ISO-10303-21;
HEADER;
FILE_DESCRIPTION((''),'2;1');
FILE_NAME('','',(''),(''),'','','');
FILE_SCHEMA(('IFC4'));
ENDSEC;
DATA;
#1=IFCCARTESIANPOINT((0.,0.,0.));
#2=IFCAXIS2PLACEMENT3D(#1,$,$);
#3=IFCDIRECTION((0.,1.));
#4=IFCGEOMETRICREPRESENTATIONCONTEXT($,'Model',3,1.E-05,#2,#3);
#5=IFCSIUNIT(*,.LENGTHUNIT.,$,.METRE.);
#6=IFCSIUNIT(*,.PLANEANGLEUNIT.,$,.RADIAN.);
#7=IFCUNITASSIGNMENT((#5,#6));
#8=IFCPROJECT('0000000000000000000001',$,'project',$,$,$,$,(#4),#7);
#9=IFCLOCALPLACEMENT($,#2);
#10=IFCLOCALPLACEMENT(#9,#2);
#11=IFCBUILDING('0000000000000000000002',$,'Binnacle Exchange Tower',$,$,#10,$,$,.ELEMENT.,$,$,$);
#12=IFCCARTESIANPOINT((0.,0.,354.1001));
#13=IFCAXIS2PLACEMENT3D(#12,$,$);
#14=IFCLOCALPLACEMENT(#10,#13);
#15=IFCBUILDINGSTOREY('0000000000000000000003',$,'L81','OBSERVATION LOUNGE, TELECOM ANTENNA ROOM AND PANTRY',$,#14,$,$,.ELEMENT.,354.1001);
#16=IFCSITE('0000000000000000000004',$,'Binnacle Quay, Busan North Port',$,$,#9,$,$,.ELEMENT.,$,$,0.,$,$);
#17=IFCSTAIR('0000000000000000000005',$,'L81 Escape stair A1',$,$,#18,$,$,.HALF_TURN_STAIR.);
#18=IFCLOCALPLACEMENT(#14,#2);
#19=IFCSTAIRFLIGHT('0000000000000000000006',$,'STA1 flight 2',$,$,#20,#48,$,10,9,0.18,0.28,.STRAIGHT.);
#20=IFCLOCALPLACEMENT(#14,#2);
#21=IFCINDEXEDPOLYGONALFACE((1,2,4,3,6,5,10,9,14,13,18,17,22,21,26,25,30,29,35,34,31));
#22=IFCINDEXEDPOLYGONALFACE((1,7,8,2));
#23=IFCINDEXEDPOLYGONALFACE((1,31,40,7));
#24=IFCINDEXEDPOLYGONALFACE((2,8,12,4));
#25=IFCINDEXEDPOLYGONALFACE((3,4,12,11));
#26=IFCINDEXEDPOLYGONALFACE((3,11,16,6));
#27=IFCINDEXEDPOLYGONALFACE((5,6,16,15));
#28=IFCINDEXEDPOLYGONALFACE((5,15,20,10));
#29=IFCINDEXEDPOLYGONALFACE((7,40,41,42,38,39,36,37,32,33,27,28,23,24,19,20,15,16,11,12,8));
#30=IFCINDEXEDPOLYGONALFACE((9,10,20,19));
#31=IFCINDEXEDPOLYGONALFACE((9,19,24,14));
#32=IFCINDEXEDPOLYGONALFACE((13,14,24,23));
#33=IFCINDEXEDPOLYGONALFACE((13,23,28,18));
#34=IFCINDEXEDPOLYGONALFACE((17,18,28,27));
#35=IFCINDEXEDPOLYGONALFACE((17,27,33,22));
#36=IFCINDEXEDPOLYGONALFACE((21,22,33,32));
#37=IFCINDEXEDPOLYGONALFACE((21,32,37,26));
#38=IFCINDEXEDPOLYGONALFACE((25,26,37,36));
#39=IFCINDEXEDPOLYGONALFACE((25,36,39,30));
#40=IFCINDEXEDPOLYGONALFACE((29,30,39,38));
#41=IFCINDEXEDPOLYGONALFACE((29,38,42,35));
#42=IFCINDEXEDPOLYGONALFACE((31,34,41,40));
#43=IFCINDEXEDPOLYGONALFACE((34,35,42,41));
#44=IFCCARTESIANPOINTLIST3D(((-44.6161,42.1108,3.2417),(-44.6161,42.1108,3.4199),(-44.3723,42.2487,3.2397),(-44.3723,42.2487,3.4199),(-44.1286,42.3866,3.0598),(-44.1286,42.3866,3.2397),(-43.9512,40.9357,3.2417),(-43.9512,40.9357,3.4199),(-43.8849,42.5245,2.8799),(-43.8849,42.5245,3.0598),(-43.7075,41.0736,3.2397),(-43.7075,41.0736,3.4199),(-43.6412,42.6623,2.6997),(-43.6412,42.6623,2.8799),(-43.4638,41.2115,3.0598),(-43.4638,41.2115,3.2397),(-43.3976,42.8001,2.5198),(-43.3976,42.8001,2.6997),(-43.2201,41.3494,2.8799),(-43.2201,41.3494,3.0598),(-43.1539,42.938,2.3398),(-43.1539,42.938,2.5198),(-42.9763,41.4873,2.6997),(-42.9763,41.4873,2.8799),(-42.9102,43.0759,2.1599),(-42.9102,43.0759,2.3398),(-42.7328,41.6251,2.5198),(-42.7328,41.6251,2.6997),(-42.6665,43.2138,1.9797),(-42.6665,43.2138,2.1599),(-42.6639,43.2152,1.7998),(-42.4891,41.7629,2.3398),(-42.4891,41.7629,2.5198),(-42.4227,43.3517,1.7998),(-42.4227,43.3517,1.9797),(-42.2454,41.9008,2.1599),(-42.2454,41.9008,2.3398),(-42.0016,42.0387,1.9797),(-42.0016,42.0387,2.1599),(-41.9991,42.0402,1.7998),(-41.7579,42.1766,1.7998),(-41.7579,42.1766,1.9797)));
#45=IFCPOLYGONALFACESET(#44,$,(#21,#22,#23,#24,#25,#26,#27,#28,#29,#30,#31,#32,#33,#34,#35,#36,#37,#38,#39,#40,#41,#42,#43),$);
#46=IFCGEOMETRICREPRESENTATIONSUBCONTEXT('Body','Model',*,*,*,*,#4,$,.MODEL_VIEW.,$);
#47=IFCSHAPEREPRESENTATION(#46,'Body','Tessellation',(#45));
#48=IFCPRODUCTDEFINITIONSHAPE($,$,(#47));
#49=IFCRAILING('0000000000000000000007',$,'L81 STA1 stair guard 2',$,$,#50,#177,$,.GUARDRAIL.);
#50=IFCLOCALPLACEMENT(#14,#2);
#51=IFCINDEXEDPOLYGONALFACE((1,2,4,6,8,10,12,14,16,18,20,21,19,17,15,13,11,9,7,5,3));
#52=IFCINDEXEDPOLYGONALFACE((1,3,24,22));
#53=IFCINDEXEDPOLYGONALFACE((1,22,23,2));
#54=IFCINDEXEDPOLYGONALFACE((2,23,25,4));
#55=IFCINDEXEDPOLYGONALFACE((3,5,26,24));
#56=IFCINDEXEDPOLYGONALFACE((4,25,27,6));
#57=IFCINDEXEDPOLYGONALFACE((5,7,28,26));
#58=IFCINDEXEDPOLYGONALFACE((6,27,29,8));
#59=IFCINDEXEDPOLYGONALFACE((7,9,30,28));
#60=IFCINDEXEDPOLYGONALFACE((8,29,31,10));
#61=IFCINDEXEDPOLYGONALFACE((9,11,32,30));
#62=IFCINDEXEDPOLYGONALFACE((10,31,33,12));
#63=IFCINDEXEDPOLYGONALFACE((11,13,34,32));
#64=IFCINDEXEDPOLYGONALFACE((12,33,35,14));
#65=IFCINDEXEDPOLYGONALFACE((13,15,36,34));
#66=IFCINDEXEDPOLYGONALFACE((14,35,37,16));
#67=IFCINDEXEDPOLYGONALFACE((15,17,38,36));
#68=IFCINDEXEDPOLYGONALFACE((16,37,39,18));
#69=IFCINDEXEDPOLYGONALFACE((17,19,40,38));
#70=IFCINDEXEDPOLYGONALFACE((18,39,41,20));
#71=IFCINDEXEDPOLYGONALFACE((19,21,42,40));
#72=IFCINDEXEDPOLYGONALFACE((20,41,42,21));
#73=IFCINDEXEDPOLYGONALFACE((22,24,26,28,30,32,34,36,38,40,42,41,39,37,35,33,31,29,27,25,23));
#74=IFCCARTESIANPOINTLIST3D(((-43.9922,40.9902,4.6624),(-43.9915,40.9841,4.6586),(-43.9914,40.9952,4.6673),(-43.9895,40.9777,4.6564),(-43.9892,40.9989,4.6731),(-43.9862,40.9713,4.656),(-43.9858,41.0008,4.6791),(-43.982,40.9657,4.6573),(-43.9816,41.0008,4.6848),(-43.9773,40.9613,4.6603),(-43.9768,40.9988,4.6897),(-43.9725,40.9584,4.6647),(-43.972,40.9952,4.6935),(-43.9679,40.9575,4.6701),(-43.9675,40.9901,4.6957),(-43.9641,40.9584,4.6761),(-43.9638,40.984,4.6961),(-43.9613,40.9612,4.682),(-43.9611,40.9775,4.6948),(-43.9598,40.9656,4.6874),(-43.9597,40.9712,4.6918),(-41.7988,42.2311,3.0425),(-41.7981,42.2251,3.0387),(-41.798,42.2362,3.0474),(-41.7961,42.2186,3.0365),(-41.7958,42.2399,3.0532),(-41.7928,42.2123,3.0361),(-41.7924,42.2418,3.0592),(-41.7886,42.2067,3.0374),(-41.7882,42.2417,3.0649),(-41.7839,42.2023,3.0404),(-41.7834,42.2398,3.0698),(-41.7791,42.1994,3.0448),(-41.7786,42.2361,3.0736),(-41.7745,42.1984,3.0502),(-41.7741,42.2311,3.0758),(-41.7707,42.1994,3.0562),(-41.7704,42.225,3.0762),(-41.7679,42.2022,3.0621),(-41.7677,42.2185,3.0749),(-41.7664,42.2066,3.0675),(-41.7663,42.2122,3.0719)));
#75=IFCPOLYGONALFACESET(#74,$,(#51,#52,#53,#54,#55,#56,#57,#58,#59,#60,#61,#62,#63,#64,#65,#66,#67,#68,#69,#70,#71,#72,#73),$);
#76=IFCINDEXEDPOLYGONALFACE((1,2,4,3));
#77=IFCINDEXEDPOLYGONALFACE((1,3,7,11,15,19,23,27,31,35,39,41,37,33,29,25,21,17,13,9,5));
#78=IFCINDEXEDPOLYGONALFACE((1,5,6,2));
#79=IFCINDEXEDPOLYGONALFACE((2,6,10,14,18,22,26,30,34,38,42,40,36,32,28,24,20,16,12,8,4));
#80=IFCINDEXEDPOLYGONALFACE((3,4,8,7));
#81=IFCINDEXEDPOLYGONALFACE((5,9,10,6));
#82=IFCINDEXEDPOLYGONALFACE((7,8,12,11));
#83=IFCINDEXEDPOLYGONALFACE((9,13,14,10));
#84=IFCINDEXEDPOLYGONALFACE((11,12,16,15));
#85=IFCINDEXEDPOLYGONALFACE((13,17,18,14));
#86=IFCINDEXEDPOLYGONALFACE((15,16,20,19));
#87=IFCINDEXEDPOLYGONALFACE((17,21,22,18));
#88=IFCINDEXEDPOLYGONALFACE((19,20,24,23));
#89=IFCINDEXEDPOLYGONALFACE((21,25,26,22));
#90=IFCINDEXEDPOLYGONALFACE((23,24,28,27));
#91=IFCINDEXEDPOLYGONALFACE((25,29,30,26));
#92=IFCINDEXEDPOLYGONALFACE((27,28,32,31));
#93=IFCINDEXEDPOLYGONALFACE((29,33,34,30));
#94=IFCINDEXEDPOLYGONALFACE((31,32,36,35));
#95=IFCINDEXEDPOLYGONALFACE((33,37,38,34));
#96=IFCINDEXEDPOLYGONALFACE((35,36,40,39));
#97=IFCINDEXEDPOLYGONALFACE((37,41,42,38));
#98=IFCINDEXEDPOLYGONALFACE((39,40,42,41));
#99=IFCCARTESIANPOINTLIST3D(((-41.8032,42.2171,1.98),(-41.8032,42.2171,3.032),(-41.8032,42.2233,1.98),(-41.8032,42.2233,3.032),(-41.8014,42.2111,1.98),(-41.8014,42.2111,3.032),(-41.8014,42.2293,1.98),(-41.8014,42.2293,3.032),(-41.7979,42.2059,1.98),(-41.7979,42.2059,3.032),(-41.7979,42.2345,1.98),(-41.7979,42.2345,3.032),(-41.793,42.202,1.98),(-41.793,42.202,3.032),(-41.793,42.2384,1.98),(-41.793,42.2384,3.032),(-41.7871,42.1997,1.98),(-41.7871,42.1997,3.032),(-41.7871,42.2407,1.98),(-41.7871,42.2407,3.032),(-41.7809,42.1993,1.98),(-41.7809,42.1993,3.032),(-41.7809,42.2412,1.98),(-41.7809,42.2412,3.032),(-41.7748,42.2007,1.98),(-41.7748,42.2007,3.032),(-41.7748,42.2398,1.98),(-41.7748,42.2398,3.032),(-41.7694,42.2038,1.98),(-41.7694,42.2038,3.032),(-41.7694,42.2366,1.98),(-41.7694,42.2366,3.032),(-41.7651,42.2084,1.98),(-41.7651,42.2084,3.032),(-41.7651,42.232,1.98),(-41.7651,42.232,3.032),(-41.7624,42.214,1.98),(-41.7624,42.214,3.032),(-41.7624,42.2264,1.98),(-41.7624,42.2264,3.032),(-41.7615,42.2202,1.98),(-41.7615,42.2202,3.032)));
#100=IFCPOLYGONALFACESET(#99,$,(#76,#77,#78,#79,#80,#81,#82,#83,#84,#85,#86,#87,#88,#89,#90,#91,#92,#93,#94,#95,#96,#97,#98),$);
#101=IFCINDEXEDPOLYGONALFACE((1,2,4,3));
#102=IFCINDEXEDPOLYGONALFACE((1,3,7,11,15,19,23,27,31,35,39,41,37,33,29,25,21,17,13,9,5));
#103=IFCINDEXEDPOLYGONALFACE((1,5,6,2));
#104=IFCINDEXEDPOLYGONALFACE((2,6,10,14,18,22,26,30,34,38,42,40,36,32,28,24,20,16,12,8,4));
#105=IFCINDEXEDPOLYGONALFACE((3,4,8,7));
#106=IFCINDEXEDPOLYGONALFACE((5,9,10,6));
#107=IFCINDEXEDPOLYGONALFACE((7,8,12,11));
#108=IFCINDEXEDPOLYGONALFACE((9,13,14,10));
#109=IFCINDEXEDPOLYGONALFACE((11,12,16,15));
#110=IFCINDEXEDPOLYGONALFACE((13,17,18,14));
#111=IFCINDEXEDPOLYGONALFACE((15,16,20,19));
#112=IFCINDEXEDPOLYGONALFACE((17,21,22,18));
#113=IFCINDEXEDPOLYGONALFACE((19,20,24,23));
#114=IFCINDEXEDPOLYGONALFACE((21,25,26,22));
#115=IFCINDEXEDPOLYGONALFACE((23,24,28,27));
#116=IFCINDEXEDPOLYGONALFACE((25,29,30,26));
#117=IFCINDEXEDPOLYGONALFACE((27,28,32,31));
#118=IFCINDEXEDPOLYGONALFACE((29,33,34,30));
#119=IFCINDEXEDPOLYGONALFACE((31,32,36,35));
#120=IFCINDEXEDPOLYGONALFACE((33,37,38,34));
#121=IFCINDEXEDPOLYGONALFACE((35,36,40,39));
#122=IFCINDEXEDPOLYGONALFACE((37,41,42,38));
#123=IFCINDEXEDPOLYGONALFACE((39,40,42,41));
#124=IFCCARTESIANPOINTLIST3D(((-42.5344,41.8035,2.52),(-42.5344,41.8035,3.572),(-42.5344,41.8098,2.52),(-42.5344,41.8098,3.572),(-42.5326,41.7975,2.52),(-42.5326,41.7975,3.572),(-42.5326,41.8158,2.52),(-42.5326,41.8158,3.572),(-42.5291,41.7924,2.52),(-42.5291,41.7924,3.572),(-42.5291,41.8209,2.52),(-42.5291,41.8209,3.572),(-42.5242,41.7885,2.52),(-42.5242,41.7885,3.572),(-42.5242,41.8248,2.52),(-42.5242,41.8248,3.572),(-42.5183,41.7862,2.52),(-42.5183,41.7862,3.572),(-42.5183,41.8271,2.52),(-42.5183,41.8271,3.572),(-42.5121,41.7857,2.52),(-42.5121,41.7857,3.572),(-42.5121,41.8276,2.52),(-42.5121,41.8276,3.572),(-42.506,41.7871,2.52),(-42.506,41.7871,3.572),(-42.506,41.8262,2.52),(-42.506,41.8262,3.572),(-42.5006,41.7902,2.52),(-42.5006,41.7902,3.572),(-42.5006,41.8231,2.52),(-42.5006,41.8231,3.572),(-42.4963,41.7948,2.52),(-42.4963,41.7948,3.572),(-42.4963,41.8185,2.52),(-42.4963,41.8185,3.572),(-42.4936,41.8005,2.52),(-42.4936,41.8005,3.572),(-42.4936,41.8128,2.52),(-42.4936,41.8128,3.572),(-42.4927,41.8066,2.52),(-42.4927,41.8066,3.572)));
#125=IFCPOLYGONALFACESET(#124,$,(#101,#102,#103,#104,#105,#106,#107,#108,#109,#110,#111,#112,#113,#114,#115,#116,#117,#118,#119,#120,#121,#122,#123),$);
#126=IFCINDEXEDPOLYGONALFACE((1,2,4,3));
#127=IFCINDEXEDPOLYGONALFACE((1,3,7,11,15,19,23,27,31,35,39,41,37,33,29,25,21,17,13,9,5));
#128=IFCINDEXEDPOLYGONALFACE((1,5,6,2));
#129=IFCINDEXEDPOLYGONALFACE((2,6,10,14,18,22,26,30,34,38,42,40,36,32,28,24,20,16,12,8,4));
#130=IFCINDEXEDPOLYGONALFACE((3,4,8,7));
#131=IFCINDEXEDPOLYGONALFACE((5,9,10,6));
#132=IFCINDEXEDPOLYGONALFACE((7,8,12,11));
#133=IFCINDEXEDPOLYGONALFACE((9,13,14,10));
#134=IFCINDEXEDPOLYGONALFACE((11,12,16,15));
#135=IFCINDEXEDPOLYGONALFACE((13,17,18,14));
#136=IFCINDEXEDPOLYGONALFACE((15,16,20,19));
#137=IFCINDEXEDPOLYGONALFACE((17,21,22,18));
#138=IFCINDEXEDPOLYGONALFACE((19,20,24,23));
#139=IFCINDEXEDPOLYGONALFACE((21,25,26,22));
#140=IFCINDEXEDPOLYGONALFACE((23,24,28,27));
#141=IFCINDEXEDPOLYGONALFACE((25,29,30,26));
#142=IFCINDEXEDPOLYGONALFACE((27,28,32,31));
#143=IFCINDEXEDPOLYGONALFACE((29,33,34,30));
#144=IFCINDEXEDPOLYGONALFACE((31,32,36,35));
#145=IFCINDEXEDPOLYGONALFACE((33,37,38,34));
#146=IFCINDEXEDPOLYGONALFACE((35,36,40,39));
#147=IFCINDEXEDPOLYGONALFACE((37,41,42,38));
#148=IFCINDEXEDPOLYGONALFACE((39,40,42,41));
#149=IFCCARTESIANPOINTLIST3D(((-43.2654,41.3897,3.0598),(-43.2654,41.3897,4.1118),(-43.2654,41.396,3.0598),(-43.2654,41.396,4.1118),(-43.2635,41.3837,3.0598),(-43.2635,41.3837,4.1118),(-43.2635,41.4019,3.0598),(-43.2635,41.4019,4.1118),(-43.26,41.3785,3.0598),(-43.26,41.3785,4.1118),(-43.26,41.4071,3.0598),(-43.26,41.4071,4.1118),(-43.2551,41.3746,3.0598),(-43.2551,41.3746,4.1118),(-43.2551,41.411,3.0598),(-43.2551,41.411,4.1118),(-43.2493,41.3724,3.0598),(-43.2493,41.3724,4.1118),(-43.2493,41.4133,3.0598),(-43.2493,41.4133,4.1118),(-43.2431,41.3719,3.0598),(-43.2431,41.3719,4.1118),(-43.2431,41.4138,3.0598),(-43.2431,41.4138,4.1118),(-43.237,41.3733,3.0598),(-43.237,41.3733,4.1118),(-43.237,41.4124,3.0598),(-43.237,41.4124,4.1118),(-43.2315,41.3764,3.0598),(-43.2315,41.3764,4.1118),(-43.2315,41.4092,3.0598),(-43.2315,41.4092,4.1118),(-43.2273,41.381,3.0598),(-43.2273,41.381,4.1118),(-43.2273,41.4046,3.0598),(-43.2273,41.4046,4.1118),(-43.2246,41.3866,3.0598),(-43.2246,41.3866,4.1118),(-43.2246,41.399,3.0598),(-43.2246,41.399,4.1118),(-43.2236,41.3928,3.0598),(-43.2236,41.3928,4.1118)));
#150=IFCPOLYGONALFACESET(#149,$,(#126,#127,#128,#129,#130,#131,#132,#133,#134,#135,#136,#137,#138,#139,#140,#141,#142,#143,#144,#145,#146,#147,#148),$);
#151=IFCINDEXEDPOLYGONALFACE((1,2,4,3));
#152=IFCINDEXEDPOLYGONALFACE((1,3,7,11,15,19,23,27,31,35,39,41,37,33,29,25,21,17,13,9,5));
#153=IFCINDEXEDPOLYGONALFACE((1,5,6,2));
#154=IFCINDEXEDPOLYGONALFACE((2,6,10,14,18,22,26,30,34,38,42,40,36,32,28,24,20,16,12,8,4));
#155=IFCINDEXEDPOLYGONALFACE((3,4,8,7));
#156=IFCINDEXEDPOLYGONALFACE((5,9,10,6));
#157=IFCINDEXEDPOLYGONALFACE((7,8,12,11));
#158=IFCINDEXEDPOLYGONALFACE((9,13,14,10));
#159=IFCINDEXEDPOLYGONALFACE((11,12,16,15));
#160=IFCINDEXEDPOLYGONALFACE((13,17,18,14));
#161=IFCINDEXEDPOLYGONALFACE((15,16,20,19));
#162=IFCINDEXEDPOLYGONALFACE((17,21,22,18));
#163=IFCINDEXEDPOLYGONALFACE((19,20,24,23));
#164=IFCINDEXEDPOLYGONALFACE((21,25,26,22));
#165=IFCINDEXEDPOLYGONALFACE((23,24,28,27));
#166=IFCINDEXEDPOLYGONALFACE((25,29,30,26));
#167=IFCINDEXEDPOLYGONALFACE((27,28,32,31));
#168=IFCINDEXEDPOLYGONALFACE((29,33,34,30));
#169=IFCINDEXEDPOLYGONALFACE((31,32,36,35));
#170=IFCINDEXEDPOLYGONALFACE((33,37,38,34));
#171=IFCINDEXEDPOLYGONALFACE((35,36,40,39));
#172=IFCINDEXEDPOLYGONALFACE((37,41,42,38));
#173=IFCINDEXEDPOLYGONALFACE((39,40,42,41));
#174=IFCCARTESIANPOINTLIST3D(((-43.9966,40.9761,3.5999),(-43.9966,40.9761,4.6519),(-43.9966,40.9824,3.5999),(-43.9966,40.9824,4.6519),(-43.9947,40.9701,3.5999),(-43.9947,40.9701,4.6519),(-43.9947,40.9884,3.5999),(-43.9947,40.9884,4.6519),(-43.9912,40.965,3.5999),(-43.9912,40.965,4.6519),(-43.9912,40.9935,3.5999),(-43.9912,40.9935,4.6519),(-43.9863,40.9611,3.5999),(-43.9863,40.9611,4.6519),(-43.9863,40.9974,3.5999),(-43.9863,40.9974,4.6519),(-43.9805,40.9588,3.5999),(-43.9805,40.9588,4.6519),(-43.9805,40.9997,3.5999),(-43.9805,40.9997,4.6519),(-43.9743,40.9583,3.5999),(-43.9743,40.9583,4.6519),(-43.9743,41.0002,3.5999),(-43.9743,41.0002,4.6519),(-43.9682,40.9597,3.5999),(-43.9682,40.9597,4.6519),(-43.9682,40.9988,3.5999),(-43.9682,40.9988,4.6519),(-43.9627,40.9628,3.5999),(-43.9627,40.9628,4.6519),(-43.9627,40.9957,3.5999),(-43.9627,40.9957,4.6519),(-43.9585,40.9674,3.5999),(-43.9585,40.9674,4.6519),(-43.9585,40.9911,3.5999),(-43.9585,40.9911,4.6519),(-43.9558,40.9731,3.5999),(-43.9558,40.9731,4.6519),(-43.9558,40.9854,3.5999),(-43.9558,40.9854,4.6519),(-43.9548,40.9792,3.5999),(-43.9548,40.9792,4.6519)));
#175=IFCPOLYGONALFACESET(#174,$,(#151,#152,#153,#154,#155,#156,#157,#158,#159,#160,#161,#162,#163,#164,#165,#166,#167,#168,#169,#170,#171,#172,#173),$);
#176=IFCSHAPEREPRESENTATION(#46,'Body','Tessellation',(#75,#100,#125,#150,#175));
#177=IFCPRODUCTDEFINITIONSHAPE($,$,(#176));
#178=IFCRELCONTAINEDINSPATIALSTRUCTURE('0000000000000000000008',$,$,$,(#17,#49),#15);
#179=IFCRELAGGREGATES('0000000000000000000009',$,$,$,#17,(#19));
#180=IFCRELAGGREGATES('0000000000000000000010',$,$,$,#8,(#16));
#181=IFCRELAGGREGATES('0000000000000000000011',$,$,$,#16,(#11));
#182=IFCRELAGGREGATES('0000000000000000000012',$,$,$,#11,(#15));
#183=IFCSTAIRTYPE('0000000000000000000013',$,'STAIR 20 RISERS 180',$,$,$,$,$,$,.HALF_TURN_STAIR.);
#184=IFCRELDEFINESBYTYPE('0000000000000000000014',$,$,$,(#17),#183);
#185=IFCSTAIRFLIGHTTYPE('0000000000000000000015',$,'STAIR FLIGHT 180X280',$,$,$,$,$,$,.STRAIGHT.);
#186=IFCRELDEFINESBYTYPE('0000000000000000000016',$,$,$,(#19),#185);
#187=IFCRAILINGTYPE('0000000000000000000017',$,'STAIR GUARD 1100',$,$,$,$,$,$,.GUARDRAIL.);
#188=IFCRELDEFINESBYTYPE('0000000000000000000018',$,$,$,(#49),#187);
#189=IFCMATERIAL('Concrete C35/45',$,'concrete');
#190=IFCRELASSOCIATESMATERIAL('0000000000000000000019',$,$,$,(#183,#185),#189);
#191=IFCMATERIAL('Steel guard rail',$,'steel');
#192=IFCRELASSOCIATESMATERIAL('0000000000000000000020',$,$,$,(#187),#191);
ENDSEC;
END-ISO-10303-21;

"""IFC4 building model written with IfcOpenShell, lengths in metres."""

from ifc_helpers import new_model, si_unit, direction, frame, origin, origin_2d, place, context, subcontext, project, spatial, polyline, circle, outline, extrude, material, type_object, element, aggregate, save


model = new_model("IFC4")

# Units and contexts
model_context = context("Model", 3, precision=1e-05, world=origin(), true_north=direction((0.0, 1.0)))
body_context = subcontext(model_context, "Body", "Model", "MODEL_VIEW")
ifc_project = project(units=[si_unit("LENGTHUNIT", "METRE"), si_unit("PLANEANGLEUNIT", "RADIAN")], contexts=[model_context])

# Site, building, storey
site_placement = place(None, origin())
site = spatial("IfcSite", under=ifc_project, at=site_placement, Name="Binnacle Quay, Busan North Port", CompositionType="ELEMENT", RefElevation=0.0)
building_placement = place(site_placement, origin())
building = spatial("IfcBuilding", under=site, at=building_placement, Name="Binnacle Exchange Tower", CompositionType="ELEMENT")
storey_placement = place(building_placement, frame((0.0, 0.0, 354.1001)))
storey = spatial("IfcBuildingStorey", under=building, at=storey_placement, Name="L81", Description="OBSERVATION LOUNGE, TELECOM ANTENNA ROOM AND PANTRY", CompositionType="ELEMENT", Elevation=354.1001)

# Stair, stair flight
ifc_material_1 = material(Name="Concrete C35/45", Category="concrete")
stair_type = type_object("IfcStairType", Name="STAIR 20 RISERS 180", PredefinedType="HALF_TURN_STAIR", material=ifc_material_1)
stair_placement = place(storey_placement, origin())
stair = element("IfcStair", 1, at=stair_placement, inside=storey, type_object=stair_type, Name="L81 Escape stair A1", PredefinedType="HALF_TURN_STAIR")
stair_flight_type = type_object("IfcStairFlightType", Name="STAIR FLIGHT 180X280", PredefinedType="STRAIGHT", material=ifc_material_1)
stair_flight_placement = place(storey_placement, frame((-42.0903, 42.7642, 1.7998), z_axis=(0.0, 0.0, 1.0), x_axis=(-0.870356, -0.492424, 0.0)))
stair_flight = element("IfcStairFlight", 2, at=stair_flight_placement, type_object=stair_flight_type, Name="STA1 flight 2", NumberOfRisers=10, NumberOfTreads=9, PredefinedType="STRAIGHT", RiserHeight=0.18, TreadLength=0.28, context=body_context, shape_type="SweptSolid", body=[
    extrude(outline(polyline([(0.0, 0.0), (0.0, 0.1799), (0.28, 0.1799), (0.28, 0.3601), (0.5601, 0.3601), (0.5601, 0.54), (0.8401, 0.54), (0.8401, 0.72), (1.1201, 0.72), (1.1201, 0.8999), (1.3999, 0.8999), (1.3999, 1.0801), (1.6799, 1.0801), (1.6799, 1.26), (1.96, 1.26), (1.96, 1.4399), (2.24, 1.4399), (2.24, 1.6201), (2.52, 1.6201), (2.52, 1.8), (2.52, 1.4419), (0.2771, 0.0), (0.0, 0.0)])), frame((0.0, 0.675, 0.0), z_axis=(0.0, -1.0, 0.0), x_axis=(1.0, 0.0, 0.0)), (0.0, 0.0, 1.0), 1.3501),
])
aggregate(stair, [stair_flight])

# Railing
ifc_material_2 = material(Name="Steel guard rail", Category="steel")
railing_type = type_object("IfcRailingType", Name="STAIR GUARD 1100", PredefinedType="GUARDRAIL", material=ifc_material_2)
railing_placement = place(storey_placement, frame((-41.7825, 42.2202, 1.98)))
element("IfcRailing", 3, at=railing_placement, inside=storey, type_object=railing_type, Name="L81 STA1 stair guard 2", PredefinedType="GUARDRAIL", context=body_context, shape_type="SweptSolid", body=[
    extrude(circle(Radius=0.0239, at=origin_2d()), frame((0.0, 0.0, 1.0762), z_axis=(-0.732145, -0.414236, 0.540715), x_axis=(0.492431, -0.870352, 0.0)), (0.0, 0.0, 1.0), 2.9958),
    extrude(circle(Radius=0.021, at=origin_2d()), origin(), (0.0, 0.0, 1.0), 1.052),
    extrude(circle(Radius=0.021, at=origin_2d()), frame((-0.7312, -0.4136, 0.54)), (0.0, 0.0, 1.0), 1.052),
    extrude(circle(Radius=0.021, at=origin_2d()), frame((-1.4622, -0.8274, 1.0798)), (0.0, 0.0, 1.0), 1.052),
    extrude(circle(Radius=0.021, at=origin_2d()), frame((-2.1934, -1.241, 1.6199)), (0.0, 0.0, 1.0), 1.052),
])

save(model, "model.ifc")
